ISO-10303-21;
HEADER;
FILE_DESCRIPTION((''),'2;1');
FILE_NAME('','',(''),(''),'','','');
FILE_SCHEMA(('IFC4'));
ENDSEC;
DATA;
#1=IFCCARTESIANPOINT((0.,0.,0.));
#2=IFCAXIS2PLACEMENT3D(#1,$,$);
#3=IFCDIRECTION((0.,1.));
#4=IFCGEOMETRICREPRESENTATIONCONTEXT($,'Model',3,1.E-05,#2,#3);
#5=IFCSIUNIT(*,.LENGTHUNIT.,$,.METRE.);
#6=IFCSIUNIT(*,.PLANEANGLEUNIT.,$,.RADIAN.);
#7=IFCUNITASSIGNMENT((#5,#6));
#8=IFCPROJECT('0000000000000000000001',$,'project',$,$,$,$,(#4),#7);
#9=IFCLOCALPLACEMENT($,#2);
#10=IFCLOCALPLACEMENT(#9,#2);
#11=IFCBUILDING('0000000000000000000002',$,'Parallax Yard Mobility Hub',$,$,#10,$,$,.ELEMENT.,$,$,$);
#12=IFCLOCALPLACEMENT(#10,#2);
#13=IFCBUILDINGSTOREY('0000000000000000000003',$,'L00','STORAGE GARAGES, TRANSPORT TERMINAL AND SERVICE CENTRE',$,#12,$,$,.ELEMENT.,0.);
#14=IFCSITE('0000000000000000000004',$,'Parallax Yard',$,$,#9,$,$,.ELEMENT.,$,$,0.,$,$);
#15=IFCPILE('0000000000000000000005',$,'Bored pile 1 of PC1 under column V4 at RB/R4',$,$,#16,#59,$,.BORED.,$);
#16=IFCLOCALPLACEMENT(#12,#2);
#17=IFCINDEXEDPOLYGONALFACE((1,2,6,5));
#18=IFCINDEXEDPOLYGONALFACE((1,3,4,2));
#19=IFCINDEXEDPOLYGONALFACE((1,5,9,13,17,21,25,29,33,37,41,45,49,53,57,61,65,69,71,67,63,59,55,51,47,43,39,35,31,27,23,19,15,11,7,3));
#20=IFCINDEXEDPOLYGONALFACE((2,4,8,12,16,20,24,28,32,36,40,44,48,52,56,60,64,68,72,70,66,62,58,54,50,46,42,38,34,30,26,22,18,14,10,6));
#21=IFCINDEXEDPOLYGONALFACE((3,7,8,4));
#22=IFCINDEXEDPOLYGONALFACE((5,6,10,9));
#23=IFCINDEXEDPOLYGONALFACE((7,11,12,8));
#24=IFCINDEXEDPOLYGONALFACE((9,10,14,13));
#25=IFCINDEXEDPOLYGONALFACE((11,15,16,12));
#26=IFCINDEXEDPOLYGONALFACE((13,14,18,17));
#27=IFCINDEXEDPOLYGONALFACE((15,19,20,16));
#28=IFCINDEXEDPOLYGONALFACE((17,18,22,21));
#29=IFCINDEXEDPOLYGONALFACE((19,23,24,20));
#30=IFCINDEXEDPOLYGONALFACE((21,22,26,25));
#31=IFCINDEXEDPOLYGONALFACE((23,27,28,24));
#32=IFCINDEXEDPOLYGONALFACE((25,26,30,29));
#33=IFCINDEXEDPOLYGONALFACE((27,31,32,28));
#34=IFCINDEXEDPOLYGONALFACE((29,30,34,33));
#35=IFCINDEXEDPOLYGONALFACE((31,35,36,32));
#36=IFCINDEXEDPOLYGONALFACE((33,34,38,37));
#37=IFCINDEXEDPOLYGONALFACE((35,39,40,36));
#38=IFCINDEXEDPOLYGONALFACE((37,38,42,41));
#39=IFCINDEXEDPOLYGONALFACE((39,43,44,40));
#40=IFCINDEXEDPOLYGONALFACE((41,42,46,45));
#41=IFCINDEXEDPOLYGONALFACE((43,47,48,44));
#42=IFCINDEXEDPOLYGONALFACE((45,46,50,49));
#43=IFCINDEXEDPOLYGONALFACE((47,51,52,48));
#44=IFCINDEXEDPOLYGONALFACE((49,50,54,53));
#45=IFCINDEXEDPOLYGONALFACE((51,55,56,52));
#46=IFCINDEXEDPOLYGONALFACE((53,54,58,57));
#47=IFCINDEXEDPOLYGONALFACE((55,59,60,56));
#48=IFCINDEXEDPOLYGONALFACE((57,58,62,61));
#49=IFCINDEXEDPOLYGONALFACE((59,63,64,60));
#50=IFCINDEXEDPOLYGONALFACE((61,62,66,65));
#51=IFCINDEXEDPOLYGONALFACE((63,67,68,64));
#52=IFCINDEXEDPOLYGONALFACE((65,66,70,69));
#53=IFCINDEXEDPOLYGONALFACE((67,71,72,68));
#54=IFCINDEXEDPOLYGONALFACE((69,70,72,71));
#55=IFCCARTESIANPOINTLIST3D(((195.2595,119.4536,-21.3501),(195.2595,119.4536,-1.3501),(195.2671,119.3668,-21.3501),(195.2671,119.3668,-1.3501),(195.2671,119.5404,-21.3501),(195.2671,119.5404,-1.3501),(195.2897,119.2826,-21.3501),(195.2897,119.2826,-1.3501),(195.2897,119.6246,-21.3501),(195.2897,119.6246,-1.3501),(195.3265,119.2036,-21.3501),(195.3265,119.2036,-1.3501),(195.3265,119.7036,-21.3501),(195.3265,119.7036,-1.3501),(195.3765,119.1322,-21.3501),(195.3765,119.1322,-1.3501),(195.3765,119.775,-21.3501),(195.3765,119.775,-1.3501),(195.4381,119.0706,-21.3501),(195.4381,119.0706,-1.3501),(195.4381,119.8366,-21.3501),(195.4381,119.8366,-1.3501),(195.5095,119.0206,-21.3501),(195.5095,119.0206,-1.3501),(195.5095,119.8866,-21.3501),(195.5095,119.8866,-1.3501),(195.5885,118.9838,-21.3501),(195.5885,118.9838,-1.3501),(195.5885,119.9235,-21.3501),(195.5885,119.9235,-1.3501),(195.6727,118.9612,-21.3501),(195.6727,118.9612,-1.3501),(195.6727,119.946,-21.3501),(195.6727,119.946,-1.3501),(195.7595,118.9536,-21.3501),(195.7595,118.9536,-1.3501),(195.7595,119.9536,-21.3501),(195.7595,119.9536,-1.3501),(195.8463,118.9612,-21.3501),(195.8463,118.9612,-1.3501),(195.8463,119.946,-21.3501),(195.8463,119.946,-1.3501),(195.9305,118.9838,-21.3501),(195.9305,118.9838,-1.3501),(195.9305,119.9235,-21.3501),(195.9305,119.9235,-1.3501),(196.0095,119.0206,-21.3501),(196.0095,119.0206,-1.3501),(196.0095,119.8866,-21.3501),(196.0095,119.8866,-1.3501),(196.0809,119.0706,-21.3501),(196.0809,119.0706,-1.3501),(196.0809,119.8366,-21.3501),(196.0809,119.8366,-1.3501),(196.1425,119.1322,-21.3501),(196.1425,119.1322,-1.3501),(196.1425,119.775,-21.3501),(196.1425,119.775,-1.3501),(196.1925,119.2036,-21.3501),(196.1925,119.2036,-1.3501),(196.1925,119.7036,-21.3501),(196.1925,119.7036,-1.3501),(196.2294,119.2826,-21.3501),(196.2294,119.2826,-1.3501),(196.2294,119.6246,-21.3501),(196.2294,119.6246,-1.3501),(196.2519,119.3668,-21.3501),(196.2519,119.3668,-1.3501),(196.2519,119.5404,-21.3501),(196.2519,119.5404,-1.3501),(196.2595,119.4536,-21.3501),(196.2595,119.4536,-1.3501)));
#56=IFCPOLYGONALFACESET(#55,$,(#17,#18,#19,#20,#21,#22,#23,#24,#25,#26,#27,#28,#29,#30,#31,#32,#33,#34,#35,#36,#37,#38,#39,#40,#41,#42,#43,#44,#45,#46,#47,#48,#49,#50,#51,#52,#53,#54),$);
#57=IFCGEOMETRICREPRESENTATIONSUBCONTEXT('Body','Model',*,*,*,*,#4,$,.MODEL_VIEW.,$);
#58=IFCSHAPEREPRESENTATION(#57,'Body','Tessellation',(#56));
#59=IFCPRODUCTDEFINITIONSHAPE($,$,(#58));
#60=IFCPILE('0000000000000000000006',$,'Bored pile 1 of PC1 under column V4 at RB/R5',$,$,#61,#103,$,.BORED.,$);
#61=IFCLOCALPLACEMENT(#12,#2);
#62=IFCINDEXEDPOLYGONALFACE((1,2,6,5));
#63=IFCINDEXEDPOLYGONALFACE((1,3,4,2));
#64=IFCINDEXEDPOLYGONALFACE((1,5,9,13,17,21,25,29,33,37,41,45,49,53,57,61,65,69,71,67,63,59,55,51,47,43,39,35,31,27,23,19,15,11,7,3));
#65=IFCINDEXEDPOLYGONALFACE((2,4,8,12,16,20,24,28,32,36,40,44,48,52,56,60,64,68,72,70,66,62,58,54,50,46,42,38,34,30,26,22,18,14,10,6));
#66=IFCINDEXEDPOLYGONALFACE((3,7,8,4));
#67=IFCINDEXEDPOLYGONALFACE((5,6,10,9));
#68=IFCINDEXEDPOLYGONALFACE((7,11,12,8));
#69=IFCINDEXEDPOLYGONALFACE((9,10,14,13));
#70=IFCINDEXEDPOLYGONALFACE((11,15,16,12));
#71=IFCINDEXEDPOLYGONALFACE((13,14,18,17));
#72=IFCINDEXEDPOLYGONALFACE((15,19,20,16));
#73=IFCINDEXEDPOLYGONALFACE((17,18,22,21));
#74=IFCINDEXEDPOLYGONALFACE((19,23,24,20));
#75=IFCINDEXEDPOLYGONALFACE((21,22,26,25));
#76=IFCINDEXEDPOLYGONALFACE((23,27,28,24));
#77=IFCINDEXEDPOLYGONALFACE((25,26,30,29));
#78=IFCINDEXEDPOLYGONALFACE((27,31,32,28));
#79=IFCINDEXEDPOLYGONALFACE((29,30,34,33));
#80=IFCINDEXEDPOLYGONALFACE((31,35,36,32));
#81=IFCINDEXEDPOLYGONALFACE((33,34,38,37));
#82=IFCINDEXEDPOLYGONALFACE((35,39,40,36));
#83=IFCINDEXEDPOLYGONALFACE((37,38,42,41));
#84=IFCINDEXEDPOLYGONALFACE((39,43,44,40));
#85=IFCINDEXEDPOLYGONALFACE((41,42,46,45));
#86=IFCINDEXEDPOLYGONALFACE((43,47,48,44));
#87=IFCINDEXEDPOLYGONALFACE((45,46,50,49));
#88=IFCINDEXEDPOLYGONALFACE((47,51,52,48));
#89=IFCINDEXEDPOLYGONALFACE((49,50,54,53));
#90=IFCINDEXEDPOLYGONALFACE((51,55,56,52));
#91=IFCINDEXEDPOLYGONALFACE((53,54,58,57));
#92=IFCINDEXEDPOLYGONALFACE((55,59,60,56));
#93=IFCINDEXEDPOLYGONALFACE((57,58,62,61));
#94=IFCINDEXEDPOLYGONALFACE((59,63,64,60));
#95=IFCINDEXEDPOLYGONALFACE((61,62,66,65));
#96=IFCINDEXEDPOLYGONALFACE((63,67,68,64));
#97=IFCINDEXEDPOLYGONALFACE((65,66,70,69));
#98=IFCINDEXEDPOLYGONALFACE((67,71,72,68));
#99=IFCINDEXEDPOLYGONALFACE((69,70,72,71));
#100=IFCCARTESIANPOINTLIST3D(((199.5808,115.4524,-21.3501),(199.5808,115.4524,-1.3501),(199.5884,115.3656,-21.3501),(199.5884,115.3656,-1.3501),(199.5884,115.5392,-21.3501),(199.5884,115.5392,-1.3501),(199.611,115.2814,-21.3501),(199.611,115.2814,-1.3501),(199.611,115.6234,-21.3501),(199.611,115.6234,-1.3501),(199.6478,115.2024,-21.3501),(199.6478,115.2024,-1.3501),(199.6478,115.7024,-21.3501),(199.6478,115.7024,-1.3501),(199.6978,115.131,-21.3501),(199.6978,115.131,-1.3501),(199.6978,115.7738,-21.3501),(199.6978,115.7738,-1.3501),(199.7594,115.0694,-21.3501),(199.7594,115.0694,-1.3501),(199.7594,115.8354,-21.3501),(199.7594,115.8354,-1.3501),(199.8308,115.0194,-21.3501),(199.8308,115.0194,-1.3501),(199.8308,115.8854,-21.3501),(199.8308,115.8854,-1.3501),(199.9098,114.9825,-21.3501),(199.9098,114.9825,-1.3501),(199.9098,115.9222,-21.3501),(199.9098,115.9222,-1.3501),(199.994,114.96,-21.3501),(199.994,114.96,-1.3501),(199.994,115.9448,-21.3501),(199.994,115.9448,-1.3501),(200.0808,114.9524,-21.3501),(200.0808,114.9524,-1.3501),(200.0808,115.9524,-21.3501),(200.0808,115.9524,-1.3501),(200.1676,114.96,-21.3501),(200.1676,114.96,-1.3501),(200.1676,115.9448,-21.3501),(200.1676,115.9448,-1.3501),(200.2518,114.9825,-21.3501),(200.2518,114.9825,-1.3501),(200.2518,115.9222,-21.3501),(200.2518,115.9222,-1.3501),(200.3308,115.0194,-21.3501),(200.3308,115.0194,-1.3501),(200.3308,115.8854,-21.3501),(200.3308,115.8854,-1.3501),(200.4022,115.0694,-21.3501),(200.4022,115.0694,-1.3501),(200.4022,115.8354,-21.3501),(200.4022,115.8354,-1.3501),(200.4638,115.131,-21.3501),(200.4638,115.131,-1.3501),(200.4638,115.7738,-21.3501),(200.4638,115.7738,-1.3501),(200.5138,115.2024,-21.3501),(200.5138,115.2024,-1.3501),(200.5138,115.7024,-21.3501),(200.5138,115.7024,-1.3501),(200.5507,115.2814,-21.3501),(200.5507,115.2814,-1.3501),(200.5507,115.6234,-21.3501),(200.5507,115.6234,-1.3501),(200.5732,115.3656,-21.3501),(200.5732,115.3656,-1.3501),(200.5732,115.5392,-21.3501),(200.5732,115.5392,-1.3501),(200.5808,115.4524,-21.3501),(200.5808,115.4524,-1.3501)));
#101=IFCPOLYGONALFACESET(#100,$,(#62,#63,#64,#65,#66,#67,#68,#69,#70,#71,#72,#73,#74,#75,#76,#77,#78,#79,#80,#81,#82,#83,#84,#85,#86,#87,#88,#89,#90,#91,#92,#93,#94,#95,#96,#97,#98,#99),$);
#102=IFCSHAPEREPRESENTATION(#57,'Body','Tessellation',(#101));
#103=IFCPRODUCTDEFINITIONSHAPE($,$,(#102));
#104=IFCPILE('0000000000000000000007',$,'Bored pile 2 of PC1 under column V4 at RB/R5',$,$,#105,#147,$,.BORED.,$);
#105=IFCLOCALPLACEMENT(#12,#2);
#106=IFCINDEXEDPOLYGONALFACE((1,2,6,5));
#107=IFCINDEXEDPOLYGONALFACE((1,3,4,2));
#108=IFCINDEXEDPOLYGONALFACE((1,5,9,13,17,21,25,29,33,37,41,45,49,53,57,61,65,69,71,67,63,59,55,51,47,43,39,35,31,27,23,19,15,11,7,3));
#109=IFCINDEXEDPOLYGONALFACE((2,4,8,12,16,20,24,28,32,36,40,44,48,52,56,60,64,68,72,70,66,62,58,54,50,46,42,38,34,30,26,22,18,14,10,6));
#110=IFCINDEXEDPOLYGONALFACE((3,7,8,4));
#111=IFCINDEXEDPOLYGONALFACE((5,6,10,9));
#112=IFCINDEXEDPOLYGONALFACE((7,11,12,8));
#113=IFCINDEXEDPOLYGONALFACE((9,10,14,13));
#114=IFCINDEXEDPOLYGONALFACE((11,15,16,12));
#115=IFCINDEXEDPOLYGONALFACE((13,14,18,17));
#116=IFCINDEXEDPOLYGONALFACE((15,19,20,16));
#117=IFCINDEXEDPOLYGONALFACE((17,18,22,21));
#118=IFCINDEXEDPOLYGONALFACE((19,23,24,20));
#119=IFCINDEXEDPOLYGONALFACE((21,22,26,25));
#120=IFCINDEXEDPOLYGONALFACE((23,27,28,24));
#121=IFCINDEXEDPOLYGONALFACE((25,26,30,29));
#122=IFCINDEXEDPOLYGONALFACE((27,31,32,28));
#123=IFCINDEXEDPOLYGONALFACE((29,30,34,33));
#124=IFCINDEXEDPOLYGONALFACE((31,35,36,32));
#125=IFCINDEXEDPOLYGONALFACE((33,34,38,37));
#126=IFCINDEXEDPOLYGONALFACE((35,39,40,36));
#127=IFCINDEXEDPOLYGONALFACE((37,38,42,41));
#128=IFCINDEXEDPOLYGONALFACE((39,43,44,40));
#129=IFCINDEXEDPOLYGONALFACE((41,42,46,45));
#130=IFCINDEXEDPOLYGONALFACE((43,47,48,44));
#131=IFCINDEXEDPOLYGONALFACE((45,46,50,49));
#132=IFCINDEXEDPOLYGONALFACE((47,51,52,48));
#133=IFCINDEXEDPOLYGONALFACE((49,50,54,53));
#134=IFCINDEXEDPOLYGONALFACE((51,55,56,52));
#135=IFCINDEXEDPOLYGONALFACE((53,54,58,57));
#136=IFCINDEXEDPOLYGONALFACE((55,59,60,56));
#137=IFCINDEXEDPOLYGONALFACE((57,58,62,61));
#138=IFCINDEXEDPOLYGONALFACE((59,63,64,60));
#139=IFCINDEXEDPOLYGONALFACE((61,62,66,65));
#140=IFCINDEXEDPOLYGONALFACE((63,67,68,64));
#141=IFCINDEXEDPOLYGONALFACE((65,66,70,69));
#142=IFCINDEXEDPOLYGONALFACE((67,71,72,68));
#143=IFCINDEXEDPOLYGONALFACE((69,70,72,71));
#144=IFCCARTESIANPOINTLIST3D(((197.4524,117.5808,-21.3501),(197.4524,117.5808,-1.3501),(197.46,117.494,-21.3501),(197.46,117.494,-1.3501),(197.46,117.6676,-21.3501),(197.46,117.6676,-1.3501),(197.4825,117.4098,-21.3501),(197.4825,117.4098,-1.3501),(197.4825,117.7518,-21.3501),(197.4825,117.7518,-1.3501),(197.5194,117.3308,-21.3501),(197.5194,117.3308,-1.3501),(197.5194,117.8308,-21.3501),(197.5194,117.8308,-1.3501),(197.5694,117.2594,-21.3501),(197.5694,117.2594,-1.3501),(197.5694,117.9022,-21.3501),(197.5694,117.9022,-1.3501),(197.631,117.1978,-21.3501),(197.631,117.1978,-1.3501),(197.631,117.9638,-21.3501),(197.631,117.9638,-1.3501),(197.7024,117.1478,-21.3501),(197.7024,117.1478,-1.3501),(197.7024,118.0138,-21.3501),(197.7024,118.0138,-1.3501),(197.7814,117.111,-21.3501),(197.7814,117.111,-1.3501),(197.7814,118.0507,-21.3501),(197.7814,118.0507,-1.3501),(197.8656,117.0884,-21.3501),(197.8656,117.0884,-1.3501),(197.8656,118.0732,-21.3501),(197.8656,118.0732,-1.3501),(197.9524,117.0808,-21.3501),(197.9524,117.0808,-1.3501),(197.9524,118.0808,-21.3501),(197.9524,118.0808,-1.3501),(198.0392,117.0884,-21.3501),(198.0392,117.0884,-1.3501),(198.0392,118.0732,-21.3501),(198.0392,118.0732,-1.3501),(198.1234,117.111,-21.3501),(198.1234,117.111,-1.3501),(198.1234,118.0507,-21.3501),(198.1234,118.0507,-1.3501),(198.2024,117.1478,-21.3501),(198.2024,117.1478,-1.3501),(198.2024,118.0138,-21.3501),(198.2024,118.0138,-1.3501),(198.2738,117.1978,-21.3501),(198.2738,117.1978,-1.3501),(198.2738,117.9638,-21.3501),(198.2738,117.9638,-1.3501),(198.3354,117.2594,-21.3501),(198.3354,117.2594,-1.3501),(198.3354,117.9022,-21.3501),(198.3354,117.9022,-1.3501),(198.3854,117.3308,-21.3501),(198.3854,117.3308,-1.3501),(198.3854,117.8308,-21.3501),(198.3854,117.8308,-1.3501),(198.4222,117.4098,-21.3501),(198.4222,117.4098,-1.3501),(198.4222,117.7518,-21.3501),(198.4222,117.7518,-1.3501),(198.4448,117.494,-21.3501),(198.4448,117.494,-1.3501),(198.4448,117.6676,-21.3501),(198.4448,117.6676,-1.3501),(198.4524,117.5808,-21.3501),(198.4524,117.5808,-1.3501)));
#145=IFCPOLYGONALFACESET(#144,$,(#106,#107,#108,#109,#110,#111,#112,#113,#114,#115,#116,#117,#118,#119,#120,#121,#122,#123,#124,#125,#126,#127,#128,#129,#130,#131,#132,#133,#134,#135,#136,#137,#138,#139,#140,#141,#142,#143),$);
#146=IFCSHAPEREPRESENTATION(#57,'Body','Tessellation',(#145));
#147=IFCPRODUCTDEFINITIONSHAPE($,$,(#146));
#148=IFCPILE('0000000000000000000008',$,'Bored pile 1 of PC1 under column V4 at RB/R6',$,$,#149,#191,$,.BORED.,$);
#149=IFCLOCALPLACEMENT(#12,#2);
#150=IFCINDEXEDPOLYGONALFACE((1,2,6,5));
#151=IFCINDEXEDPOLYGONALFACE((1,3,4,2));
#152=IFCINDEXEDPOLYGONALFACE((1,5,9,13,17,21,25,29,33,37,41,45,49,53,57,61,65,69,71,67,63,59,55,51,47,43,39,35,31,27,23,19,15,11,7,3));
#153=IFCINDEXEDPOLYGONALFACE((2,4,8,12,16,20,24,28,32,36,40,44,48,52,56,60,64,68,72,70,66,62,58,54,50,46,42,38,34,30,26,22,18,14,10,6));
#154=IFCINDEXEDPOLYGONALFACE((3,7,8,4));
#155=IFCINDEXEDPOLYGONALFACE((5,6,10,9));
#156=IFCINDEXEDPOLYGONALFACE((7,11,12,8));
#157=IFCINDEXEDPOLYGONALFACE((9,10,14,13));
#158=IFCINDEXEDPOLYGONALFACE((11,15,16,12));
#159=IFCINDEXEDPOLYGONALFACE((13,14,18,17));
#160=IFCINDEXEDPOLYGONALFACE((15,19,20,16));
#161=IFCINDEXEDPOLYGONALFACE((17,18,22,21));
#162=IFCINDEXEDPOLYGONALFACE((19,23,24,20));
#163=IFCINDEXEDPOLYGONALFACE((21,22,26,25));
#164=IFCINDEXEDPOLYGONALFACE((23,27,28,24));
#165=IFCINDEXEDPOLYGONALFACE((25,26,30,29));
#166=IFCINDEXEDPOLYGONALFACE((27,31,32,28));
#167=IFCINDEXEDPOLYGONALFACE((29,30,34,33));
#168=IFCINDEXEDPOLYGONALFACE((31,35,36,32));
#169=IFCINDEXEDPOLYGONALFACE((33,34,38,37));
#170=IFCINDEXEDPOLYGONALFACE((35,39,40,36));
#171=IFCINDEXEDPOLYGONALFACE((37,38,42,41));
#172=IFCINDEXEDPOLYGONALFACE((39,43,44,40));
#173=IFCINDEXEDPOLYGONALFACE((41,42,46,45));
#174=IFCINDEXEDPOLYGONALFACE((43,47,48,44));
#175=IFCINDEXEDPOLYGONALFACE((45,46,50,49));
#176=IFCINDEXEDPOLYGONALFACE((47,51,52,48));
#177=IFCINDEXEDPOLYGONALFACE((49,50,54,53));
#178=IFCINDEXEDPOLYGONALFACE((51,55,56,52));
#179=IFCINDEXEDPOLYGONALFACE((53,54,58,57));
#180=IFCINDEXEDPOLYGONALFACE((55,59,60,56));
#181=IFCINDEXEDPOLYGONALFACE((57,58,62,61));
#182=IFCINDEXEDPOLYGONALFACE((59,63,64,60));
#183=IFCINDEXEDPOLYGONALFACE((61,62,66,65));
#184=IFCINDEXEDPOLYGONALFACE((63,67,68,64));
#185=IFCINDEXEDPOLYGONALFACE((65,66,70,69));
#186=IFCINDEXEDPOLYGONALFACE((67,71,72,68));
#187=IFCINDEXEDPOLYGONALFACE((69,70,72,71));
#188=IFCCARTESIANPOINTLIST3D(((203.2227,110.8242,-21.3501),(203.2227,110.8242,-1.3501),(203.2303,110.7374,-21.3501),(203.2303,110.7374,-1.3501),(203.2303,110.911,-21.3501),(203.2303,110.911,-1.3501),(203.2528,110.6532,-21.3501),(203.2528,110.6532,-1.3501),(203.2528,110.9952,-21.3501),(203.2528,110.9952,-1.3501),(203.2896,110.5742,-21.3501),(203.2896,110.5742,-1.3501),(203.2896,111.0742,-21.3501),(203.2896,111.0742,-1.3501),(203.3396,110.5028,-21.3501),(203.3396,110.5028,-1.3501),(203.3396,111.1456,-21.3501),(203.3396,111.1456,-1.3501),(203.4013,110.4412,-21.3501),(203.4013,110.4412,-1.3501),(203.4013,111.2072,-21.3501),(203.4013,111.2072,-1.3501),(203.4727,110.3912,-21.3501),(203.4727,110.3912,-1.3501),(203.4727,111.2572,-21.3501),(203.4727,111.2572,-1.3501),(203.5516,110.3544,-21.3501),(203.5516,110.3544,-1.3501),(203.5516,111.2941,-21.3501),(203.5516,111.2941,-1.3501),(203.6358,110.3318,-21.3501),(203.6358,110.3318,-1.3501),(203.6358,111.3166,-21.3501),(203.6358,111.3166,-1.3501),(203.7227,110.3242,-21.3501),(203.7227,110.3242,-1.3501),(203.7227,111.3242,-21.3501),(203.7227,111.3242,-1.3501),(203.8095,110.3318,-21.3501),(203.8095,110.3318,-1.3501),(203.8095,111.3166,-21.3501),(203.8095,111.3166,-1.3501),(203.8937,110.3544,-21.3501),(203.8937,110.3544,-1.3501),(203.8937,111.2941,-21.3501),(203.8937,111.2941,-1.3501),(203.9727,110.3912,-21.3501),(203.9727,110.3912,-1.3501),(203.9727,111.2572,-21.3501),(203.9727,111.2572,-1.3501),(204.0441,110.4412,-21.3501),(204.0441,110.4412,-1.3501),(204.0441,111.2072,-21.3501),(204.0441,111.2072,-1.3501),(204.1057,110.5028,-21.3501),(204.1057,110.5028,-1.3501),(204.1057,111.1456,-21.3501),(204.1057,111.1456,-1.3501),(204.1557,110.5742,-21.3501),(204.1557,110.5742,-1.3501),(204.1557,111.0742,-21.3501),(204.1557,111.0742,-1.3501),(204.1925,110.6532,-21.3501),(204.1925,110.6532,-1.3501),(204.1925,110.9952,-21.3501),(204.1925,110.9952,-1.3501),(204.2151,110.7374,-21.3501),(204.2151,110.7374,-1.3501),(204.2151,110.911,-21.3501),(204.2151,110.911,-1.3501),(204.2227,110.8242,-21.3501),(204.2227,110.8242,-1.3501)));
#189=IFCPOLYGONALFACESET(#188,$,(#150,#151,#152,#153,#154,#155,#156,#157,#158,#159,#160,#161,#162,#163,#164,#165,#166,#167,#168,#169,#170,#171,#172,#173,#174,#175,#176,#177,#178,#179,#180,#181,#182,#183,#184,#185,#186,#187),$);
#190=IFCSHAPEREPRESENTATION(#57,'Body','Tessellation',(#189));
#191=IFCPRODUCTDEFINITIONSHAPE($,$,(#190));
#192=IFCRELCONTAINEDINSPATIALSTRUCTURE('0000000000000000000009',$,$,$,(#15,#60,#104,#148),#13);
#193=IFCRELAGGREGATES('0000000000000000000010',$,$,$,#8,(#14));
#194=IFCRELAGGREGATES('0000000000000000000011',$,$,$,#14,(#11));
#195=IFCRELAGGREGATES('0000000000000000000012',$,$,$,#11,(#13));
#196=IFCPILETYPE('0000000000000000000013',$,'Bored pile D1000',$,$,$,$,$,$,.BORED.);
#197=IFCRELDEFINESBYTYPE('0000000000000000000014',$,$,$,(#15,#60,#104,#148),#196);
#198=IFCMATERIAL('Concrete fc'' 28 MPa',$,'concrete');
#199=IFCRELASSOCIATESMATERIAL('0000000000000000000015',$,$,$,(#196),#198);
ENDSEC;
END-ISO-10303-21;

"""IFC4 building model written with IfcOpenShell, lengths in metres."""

from ifc_helpers import new_model, si_unit, direction, frame, origin, origin_2d, place, context, subcontext, project, spatial, circle, extrude, material, material_profile, profile_set, type_object, element, save


model = new_model("IFC4")

# Units and contexts
model_context = context("Model", 3, precision=1e-05, world=origin(), true_north=direction((0.0, 1.0)))
body_context = subcontext(model_context, "Body", "Model", "MODEL_VIEW")
ifc_project = project(units=[si_unit("LENGTHUNIT", "METRE"), si_unit("PLANEANGLEUNIT", "RADIAN")], contexts=[model_context])

# Site, building, storey
site_placement = place(None, origin())
site = spatial("IfcSite", under=ifc_project, at=site_placement, Name="Parallax Yard", CompositionType="ELEMENT", RefElevation=0.0)
building_placement = place(site_placement, origin())
building = spatial("IfcBuilding", under=site, at=building_placement, Name="Parallax Yard Mobility Hub", CompositionType="ELEMENT")
storey_placement = place(building_placement, origin())
storey = spatial("IfcBuildingStorey", under=building, at=storey_placement, Name="L00", Description="STORAGE GARAGES, TRANSPORT TERMINAL AND SERVICE CENTRE", CompositionType="ELEMENT", Elevation=0.0)

# Piles
ifc_material_1 = material(Name="Concrete fc' 28 MPa", Category="concrete")
ifc_material_profile_1 = material_profile(ifc_material_1, circle(Radius=0.5, at=origin_2d()), Name="Bored pile D1000")
ifc_profile_set_1 = profile_set([ifc_material_profile_1], Name="Concrete fc' 28 MPa")
pile_type = type_object("IfcPileType", Name="Bored pile D1000", PredefinedType="BORED", material=ifc_profile_set_1)
for number, where, z_axis, x_axis, name in (
    (1, (195.7595, 119.4536, -1.3501), (0.0, 0.0, -1.0), (1.0, 0.0, 0.0), "Bored pile 1 of PC1 under column V4 at RB/R4"),
    (2, (200.0808, 115.4524, -1.3501), (0.0, 0.0, -1.0), (1.0, 0.0, 0.0), "Bored pile 1 of PC1 under column V4 at RB/R5"),
    (3, (197.9524, 117.5808, -1.3501), (0.0, 0.0, -1.0), (1.0, 0.0, 0.0), "Bored pile 2 of PC1 under column V4 at RB/R5"),
    (4, (203.7227, 110.8242, -1.3501), (0.0, 0.0, -1.0), (1.0, 0.0, 0.0), "Bored pile 1 of PC1 under column V4 at RB/R6"),
):
    element("IfcPile", number, at=place(storey_placement, frame(where, z_axis=z_axis, x_axis=x_axis)), inside=storey, type_object=pile_type, Name=name, PredefinedType="BORED", context=body_context, shape_type="SweptSolid", body=[
        extrude(circle(Radius=0.5, at=origin_2d()), origin(), (0.0, 0.0, 1.0), 20.0),
    ])

save(model, "model.ifc")
